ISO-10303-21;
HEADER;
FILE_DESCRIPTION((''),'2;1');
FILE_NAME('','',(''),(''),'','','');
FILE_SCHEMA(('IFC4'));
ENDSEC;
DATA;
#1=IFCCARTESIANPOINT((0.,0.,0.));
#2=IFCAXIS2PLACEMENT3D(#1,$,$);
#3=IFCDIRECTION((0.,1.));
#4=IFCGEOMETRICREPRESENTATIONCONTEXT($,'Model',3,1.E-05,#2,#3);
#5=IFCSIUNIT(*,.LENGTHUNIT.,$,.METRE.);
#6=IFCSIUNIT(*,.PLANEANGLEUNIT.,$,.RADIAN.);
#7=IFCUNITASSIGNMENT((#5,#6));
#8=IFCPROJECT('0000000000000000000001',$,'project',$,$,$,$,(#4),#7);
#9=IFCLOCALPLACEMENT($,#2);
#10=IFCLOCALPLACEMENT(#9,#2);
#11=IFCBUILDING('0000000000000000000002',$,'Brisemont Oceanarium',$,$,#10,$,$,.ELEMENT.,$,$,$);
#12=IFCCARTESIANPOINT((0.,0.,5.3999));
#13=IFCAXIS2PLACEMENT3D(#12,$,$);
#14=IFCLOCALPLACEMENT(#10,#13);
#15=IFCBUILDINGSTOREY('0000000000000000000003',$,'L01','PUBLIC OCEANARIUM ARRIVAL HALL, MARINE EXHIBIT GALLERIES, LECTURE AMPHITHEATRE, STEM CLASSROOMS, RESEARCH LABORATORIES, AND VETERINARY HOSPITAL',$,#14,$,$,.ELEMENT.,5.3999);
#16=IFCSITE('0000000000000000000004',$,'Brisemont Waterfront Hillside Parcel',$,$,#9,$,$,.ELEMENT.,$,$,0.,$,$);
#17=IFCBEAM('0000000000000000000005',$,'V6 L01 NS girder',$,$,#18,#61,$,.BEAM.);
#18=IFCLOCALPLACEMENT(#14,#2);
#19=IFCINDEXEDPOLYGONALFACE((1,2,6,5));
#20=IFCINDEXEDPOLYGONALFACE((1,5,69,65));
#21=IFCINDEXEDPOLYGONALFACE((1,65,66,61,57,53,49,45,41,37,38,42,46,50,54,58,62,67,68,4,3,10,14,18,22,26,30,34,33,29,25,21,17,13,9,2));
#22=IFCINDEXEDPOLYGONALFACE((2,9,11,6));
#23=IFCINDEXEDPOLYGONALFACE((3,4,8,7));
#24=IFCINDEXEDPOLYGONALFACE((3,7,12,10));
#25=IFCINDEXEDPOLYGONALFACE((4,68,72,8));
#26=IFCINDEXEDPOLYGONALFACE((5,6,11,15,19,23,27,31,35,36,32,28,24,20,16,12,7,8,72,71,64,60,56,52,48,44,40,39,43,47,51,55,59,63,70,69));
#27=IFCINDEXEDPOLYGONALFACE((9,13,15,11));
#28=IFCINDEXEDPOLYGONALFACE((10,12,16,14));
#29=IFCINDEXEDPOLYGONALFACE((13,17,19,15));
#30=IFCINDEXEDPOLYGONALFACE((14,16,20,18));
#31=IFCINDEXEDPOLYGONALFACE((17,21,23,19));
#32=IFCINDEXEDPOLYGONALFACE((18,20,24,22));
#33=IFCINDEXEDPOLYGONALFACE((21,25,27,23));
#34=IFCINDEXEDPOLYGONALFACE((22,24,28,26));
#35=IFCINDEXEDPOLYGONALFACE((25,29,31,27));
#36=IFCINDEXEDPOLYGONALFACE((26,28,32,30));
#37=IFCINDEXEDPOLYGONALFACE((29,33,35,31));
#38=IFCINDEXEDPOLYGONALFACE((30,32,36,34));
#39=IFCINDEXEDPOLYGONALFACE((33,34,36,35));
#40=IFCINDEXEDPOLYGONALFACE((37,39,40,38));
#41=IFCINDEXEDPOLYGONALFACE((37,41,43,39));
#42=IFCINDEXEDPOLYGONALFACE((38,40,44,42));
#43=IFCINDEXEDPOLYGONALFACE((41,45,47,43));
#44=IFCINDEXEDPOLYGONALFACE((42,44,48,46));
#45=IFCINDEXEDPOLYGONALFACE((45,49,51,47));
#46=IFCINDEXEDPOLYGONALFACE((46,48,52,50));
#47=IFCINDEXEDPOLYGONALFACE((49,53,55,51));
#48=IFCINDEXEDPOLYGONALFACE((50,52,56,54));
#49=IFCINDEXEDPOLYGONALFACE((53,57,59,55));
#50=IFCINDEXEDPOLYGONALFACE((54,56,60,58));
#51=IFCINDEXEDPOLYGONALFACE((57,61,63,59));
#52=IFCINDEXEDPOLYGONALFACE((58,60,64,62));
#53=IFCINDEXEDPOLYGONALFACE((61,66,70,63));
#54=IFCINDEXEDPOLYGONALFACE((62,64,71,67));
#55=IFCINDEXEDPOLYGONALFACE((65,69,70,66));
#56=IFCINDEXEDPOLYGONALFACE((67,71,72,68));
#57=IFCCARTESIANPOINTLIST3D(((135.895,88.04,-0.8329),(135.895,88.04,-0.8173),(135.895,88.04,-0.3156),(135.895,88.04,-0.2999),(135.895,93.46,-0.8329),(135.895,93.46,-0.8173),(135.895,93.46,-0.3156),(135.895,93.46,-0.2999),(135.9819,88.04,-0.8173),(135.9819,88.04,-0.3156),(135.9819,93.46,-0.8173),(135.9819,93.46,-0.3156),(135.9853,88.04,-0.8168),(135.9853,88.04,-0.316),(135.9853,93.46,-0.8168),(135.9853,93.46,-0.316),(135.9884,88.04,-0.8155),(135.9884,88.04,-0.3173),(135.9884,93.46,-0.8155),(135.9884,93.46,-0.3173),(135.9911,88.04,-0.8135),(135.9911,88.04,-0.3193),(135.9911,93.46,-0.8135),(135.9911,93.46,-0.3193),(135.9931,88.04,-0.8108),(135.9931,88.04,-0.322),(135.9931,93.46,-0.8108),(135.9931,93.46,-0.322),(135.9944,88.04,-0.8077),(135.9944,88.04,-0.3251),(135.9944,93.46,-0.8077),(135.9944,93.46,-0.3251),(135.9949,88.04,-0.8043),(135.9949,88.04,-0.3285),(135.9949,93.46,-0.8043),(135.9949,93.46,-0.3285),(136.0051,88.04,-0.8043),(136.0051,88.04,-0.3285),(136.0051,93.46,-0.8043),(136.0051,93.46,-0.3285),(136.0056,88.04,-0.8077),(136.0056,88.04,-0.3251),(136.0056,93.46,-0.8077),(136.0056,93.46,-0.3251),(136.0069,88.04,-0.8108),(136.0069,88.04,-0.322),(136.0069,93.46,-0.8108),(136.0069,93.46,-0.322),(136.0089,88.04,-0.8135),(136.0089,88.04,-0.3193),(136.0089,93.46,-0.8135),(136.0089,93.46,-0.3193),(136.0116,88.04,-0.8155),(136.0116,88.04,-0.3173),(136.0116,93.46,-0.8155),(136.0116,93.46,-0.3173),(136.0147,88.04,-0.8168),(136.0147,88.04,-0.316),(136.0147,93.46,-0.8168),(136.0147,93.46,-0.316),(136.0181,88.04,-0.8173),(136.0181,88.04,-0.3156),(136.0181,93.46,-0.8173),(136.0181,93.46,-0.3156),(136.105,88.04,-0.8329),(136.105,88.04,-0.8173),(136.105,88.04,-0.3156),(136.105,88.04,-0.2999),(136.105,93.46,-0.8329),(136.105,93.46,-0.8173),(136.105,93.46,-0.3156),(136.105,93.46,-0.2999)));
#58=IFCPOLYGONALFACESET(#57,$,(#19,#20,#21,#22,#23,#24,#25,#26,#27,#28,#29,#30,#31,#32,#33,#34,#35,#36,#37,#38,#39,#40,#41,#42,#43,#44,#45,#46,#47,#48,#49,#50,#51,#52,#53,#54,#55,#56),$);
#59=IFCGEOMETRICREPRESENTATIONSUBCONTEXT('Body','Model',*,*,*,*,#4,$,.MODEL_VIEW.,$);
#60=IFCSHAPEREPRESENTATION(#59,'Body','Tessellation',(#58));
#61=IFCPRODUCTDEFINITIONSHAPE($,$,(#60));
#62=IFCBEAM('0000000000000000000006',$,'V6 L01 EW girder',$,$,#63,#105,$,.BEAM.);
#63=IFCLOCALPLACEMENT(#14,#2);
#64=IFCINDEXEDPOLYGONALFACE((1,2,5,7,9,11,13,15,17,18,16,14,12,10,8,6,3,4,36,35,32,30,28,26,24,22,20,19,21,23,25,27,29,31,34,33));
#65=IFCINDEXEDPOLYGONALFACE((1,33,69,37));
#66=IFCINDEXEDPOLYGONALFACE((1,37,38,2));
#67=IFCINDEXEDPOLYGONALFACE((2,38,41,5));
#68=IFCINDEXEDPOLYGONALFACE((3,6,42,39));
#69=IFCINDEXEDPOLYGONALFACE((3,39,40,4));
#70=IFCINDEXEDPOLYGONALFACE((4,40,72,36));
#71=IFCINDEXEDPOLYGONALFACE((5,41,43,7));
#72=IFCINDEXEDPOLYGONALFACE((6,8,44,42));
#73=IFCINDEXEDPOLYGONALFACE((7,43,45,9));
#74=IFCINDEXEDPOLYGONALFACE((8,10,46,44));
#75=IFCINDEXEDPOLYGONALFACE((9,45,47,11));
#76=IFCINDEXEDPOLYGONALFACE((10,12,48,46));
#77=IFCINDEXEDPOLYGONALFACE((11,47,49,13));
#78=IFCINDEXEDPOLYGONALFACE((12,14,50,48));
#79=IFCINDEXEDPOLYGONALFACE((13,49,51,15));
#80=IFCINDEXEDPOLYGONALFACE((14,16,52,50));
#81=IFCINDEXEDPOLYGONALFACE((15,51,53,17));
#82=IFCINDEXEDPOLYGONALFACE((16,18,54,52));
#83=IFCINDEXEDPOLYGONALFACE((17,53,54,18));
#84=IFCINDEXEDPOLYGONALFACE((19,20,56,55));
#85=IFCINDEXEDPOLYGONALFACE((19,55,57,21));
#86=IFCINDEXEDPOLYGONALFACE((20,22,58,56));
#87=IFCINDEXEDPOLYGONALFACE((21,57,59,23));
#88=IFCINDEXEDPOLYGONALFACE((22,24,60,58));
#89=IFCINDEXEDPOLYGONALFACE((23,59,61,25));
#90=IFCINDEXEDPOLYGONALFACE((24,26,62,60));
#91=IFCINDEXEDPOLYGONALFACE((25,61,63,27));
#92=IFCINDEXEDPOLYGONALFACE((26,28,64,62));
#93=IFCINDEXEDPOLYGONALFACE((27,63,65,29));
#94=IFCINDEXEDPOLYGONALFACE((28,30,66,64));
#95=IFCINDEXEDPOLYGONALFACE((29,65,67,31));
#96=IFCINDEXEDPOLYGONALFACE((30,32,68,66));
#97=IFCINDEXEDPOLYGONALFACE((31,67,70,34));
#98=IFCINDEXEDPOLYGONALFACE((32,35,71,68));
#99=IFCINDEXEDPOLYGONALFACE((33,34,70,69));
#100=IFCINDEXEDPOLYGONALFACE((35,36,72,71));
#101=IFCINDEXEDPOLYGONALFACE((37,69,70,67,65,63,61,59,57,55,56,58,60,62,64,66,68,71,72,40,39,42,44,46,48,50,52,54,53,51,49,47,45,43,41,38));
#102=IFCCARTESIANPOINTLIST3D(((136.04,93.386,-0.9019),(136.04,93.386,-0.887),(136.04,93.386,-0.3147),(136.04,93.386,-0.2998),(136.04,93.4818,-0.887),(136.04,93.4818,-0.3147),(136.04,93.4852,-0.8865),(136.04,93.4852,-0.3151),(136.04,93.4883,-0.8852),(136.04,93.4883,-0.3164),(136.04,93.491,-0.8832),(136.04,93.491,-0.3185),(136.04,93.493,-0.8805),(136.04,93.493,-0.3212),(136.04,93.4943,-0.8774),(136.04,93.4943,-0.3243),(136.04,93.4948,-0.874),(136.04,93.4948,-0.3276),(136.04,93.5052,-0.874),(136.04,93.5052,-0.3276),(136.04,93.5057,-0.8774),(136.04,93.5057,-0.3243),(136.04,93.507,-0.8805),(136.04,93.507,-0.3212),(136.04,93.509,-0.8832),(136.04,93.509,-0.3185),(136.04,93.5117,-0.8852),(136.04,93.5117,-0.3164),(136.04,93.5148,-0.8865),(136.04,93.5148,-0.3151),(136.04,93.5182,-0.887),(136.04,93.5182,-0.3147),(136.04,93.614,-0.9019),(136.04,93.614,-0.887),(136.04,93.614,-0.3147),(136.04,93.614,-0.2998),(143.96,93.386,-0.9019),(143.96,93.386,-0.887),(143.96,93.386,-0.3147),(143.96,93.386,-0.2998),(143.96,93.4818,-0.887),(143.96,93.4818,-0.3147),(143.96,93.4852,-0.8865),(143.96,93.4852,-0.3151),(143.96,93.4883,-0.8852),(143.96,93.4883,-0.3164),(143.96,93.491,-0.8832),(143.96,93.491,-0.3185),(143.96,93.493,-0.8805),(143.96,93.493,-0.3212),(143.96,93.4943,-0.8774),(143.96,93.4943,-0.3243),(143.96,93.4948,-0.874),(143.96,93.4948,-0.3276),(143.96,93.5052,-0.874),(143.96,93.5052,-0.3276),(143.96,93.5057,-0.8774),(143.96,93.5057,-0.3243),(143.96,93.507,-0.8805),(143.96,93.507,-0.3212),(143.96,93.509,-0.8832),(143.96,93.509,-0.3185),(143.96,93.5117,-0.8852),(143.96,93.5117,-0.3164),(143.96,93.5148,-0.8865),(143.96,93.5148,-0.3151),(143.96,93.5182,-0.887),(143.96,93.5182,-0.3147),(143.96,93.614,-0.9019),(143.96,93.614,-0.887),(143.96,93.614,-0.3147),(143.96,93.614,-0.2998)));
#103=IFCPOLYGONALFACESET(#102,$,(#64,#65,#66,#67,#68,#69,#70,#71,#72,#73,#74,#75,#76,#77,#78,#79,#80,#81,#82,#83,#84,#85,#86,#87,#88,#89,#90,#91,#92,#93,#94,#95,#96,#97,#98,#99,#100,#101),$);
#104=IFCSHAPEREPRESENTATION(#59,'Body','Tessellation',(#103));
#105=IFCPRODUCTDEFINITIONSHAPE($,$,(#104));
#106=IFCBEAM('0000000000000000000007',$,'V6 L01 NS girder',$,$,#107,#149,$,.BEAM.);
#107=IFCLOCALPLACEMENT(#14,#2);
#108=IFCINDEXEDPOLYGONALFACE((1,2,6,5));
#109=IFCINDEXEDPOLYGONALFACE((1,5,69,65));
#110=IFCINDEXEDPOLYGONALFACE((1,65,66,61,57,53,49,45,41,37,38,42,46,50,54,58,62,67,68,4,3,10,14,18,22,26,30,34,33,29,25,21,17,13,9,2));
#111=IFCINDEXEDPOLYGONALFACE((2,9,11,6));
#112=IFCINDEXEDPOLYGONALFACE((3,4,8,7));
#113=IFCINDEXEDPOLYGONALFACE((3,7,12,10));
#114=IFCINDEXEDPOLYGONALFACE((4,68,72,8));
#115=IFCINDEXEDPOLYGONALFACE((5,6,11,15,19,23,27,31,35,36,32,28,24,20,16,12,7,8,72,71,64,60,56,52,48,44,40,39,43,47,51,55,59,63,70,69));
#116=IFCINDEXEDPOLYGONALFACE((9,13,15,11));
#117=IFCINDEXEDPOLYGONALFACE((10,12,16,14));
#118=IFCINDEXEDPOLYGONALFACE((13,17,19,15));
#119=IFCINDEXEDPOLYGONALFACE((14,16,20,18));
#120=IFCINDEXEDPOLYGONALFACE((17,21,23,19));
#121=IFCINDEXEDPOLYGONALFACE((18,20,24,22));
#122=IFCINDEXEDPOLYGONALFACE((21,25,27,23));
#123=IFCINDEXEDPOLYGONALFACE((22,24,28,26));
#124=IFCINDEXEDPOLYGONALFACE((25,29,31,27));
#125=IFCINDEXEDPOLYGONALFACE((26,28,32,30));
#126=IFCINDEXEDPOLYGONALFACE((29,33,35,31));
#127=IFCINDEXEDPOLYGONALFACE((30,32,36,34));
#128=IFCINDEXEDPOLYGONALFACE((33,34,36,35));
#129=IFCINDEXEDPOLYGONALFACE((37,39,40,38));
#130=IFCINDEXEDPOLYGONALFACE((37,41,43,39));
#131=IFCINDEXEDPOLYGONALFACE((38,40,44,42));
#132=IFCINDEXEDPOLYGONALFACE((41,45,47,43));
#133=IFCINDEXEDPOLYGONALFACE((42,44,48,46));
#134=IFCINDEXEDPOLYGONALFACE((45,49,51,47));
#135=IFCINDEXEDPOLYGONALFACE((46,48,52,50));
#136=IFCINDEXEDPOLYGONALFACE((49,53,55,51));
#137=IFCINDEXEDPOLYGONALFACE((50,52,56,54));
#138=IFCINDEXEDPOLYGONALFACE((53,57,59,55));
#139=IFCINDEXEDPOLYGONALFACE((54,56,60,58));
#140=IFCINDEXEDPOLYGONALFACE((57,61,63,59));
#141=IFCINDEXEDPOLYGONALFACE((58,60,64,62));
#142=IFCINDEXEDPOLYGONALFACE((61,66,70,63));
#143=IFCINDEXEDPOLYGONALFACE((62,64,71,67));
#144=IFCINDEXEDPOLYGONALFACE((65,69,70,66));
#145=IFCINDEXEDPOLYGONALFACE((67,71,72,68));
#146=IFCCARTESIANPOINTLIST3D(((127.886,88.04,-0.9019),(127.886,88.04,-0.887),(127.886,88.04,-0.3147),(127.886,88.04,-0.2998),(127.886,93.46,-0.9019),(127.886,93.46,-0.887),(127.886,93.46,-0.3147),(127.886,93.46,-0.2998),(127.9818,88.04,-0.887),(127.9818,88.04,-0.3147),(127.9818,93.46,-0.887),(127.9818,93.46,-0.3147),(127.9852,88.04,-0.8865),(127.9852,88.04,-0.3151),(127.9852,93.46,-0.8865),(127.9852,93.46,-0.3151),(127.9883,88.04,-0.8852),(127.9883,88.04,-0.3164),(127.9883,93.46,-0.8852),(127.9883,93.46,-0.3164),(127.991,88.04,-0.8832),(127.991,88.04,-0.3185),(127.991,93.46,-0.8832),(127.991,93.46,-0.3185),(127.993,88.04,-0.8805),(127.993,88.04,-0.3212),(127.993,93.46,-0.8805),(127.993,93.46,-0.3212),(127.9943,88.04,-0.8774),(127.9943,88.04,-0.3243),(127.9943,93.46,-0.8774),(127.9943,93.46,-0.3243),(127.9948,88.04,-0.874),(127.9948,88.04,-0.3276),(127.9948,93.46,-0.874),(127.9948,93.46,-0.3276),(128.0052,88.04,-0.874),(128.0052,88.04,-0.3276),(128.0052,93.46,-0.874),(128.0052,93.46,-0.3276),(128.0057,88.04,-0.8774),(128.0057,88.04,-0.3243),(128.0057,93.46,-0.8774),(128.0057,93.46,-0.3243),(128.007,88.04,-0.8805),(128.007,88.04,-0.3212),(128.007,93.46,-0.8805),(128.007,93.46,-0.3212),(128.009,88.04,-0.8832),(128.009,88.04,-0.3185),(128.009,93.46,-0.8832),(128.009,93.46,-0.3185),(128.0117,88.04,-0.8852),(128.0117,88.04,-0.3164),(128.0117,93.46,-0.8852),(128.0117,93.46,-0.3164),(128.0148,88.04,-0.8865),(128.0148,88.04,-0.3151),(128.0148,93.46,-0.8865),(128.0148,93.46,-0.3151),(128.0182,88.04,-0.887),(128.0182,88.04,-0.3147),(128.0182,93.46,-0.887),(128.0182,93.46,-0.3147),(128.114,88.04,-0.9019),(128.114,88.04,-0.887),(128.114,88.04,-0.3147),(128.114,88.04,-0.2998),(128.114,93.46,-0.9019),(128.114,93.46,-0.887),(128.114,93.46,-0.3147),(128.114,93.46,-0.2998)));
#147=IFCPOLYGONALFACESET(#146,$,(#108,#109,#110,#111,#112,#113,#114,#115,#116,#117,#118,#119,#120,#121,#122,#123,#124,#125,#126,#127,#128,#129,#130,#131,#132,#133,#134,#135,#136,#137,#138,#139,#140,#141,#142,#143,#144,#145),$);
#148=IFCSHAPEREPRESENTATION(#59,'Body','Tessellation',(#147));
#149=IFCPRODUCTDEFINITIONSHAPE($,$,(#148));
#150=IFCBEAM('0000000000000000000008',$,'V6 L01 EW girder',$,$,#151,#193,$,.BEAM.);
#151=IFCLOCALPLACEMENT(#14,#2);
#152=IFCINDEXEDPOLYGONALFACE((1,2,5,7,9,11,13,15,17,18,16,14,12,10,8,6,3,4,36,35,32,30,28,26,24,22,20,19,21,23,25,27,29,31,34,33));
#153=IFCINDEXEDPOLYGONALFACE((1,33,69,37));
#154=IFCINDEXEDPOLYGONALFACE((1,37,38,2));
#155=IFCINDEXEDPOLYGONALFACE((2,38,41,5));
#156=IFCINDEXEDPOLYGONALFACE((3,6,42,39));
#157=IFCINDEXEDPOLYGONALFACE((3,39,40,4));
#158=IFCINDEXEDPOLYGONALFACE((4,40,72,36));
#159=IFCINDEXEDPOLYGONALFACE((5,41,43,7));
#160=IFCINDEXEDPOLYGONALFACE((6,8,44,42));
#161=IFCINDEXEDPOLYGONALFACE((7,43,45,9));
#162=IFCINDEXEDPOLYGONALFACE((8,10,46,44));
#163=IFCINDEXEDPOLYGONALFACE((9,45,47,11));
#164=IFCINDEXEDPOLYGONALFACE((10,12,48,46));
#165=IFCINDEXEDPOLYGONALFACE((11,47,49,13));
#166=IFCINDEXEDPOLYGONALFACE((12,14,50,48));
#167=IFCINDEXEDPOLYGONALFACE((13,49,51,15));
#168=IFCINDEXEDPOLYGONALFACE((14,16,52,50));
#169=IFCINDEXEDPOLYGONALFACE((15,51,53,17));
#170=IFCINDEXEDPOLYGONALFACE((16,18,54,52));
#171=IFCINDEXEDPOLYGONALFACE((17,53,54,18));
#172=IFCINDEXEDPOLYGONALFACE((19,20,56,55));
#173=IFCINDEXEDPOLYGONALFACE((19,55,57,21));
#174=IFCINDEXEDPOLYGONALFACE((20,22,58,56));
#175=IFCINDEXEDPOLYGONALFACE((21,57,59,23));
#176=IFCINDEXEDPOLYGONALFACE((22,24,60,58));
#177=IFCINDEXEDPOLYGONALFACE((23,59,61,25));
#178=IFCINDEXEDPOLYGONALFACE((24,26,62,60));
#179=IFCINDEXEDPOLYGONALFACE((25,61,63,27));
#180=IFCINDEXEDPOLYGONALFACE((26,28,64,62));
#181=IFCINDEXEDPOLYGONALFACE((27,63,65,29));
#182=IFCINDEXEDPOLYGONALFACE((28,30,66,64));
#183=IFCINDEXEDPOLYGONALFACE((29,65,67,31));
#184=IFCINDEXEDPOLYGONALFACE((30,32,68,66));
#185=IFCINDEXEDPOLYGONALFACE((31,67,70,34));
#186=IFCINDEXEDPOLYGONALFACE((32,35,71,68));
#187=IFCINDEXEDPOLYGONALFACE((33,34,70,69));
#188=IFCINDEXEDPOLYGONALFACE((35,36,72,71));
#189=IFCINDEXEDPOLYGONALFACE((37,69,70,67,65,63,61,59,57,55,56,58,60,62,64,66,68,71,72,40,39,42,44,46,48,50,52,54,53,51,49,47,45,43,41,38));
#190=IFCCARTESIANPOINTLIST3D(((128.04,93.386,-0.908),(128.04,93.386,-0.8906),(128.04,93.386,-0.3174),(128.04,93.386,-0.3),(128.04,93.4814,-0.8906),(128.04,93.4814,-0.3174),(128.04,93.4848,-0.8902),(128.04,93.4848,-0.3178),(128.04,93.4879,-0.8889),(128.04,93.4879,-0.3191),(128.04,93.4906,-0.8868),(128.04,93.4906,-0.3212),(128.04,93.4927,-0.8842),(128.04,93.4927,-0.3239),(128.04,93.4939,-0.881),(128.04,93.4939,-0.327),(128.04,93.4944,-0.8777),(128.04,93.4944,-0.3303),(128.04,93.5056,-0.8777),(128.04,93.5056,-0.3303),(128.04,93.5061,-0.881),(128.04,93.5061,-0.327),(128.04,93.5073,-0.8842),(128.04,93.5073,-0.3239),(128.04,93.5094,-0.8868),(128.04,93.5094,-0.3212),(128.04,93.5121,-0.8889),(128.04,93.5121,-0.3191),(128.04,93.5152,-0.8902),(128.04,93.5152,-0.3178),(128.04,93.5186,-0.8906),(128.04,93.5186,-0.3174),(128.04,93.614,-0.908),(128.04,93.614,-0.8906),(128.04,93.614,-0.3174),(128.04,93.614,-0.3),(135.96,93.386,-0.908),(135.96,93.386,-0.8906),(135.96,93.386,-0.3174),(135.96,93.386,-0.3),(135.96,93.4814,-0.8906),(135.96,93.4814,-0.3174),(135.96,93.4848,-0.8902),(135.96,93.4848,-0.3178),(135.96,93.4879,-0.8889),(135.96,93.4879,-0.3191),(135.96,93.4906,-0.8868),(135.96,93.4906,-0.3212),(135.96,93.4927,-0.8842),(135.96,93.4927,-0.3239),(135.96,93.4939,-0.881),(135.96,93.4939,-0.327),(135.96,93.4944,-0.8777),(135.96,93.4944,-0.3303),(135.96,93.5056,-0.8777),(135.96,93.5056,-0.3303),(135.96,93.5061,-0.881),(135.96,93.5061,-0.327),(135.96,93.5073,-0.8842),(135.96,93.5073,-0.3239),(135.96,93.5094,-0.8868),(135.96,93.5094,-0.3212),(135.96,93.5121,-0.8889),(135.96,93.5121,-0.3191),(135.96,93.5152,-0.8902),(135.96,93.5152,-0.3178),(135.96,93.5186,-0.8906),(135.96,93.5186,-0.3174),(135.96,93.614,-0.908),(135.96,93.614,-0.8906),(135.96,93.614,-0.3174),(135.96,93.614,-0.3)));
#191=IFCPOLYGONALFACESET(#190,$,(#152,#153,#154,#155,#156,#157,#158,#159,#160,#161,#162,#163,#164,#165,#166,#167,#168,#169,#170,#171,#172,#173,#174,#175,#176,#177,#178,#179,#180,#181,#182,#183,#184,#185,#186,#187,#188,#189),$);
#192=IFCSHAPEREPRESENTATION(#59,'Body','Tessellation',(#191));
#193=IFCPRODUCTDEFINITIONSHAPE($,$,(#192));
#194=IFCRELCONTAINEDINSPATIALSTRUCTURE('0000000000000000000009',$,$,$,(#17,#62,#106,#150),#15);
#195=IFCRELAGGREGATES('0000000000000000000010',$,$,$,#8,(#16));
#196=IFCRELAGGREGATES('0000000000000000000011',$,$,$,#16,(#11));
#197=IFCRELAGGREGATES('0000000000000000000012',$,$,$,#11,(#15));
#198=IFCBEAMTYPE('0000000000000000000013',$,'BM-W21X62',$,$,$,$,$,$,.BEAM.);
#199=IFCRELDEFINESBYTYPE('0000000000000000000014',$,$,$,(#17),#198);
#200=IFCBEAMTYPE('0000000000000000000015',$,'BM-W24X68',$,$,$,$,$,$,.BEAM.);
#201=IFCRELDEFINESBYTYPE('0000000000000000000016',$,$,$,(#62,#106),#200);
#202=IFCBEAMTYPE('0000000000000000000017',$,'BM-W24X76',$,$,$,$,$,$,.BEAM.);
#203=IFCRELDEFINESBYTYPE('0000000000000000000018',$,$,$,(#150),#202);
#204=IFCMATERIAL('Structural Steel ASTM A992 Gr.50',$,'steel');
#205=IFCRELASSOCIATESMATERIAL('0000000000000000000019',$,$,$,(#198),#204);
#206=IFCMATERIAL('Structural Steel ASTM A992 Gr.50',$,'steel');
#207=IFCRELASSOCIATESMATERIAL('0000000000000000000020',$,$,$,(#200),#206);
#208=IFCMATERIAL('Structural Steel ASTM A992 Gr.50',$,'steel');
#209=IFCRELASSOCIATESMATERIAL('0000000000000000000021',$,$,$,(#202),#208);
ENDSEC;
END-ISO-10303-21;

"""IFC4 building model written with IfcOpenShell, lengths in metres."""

from ifc_helpers import new_model, si_unit, direction, frame, origin, origin_2d, place, context, subcontext, project, spatial, i_section, extrude, material, material_profile, profile_set, type_object, element, save


model = new_model("IFC4")

# Units and contexts
model_context = context("Model", 3, precision=1e-05, world=origin(), true_north=direction((0.0, 1.0)))
body_context = subcontext(model_context, "Body", "Model", "MODEL_VIEW")
ifc_project = project(units=[si_unit("LENGTHUNIT", "METRE"), si_unit("PLANEANGLEUNIT", "RADIAN")], contexts=[model_context])

# Site, building, storey
site_placement = place(None, origin())
site = spatial("IfcSite", under=ifc_project, at=site_placement, Name="Brisemont Waterfront Hillside Parcel", CompositionType="ELEMENT", RefElevation=0.0)
building_placement = place(site_placement, origin())
building = spatial("IfcBuilding", under=site, at=building_placement, Name="Brisemont Oceanarium", CompositionType="ELEMENT")
storey_placement = place(building_placement, frame((0.0, 0.0, 5.3999)))
storey = spatial("IfcBuildingStorey", under=building, at=storey_placement, Name="L01", Description="PUBLIC OCEANARIUM ARRIVAL HALL, MARINE EXHIBIT GALLERIES, LECTURE AMPHITHEATRE, STEM CLASSROOMS, RESEARCH LABORATORIES, AND VETERINARY HOSPITAL", CompositionType="ELEMENT", Elevation=5.3999)

# Beams
ifc_material_1 = material(Name="Structural Steel ASTM A992 Gr.50", Category="steel")
ifc_material_profile_1 = material_profile(ifc_material_1, i_section(OverallWidth=0.21, OverallDepth=0.533, WebThickness=0.0103, FlangeThickness=0.0156, FilletRadius=0.0129, at=origin_2d()), Name="W21X62")
ifc_profile_set_1 = profile_set([ifc_material_profile_1], Name="Structural Steel ASTM A992 Gr.50")
beam_type_1 = type_object("IfcBeamType", Name="BM-W21X62", PredefinedType="BEAM", material=ifc_profile_set_1)
beam_1_placement = place(storey_placement, frame((136.0, 88.04, -0.5664), z_axis=(0.0, 1.0, 0.0), x_axis=(-1.0, 0.0, 0.0)))
element("IfcBeam", 1, at=beam_1_placement, inside=storey, type_object=beam_type_1, Name="V6 L01 NS girder", PredefinedType="BEAM", context=body_context, shape_type="SweptSolid", body=[
    extrude(i_section(OverallWidth=0.21, OverallDepth=0.533, WebThickness=0.0103, FlangeThickness=0.0156, FilletRadius=0.0129, at=origin_2d()), origin(), (0.0, 0.0, 1.0), 5.4199),
])
ifc_material_2 = material(Name="Structural Steel ASTM A992 Gr.50", Category="steel")
ifc_material_profile_2 = material_profile(ifc_material_2, i_section(OverallWidth=0.228, OverallDepth=0.6021, WebThickness=0.0105, FlangeThickness=0.0149, FilletRadius=0.0129, at=origin_2d()), Name="W24X68")
ifc_profile_set_2 = profile_set([ifc_material_profile_2], Name="Structural Steel ASTM A992 Gr.50")
beam_type_2 = type_object("IfcBeamType", Name="BM-W24X68", PredefinedType="BEAM", material=ifc_profile_set_2)
beam_2_placement = place(storey_placement, frame((136.04, 93.5, -0.6008), z_axis=(1.0, 0.0, 0.0), x_axis=(0.0, 1.0, 0.0)))
element("IfcBeam", 2, at=beam_2_placement, inside=storey, type_object=beam_type_2, Name="V6 L01 EW girder", PredefinedType="BEAM", context=body_context, shape_type="SweptSolid", body=[
    extrude(i_section(OverallWidth=0.228, OverallDepth=0.6021, WebThickness=0.0105, FlangeThickness=0.0149, FilletRadius=0.0129, at=origin_2d()), origin(), (0.0, 0.0, 1.0), 7.9199),
])
beam_3_placement = place(storey_placement, frame((128.0, 88.04, -0.6008), z_axis=(0.0, 1.0, 0.0), x_axis=(-1.0, 0.0, 0.0)))
element("IfcBeam", 3, at=beam_3_placement, inside=storey, type_object=beam_type_2, Name="V6 L01 NS girder", PredefinedType="BEAM", context=body_context, shape_type="SweptSolid", body=[
    extrude(i_section(OverallWidth=0.228, OverallDepth=0.6021, WebThickness=0.0105, FlangeThickness=0.0149, FilletRadius=0.0129, at=origin_2d()), origin(), (0.0, 0.0, 1.0), 5.4199),
])
ifc_material_3 = material(Name="Structural Steel ASTM A992 Gr.50", Category="steel")
ifc_material_profile_3 = material_profile(ifc_material_3, i_section(OverallWidth=0.228, OverallDepth=0.6079, WebThickness=0.0112, FlangeThickness=0.0173, FilletRadius=0.0129, at=origin_2d()), Name="W24X76")
ifc_profile_set_3 = profile_set([ifc_material_profile_3], Name="Structural Steel ASTM A992 Gr.50")
beam_type_3 = type_object("IfcBeamType", Name="BM-W24X76", PredefinedType="BEAM", material=ifc_profile_set_3)
beam_4_placement = place(storey_placement, frame((128.04, 93.5, -0.604), z_axis=(1.0, 0.0, 0.0), x_axis=(0.0, 1.0, 0.0)))
element("IfcBeam", 4, at=beam_4_placement, inside=storey, type_object=beam_type_3, Name="V6 L01 EW girder", PredefinedType="BEAM", context=body_context, shape_type="SweptSolid", body=[
    extrude(i_section(OverallWidth=0.228, OverallDepth=0.6079, WebThickness=0.0112, FlangeThickness=0.0173, FilletRadius=0.0129, at=origin_2d()), origin(), (0.0, 0.0, 1.0), 7.9199),
])

save(model, "model.ifc")
